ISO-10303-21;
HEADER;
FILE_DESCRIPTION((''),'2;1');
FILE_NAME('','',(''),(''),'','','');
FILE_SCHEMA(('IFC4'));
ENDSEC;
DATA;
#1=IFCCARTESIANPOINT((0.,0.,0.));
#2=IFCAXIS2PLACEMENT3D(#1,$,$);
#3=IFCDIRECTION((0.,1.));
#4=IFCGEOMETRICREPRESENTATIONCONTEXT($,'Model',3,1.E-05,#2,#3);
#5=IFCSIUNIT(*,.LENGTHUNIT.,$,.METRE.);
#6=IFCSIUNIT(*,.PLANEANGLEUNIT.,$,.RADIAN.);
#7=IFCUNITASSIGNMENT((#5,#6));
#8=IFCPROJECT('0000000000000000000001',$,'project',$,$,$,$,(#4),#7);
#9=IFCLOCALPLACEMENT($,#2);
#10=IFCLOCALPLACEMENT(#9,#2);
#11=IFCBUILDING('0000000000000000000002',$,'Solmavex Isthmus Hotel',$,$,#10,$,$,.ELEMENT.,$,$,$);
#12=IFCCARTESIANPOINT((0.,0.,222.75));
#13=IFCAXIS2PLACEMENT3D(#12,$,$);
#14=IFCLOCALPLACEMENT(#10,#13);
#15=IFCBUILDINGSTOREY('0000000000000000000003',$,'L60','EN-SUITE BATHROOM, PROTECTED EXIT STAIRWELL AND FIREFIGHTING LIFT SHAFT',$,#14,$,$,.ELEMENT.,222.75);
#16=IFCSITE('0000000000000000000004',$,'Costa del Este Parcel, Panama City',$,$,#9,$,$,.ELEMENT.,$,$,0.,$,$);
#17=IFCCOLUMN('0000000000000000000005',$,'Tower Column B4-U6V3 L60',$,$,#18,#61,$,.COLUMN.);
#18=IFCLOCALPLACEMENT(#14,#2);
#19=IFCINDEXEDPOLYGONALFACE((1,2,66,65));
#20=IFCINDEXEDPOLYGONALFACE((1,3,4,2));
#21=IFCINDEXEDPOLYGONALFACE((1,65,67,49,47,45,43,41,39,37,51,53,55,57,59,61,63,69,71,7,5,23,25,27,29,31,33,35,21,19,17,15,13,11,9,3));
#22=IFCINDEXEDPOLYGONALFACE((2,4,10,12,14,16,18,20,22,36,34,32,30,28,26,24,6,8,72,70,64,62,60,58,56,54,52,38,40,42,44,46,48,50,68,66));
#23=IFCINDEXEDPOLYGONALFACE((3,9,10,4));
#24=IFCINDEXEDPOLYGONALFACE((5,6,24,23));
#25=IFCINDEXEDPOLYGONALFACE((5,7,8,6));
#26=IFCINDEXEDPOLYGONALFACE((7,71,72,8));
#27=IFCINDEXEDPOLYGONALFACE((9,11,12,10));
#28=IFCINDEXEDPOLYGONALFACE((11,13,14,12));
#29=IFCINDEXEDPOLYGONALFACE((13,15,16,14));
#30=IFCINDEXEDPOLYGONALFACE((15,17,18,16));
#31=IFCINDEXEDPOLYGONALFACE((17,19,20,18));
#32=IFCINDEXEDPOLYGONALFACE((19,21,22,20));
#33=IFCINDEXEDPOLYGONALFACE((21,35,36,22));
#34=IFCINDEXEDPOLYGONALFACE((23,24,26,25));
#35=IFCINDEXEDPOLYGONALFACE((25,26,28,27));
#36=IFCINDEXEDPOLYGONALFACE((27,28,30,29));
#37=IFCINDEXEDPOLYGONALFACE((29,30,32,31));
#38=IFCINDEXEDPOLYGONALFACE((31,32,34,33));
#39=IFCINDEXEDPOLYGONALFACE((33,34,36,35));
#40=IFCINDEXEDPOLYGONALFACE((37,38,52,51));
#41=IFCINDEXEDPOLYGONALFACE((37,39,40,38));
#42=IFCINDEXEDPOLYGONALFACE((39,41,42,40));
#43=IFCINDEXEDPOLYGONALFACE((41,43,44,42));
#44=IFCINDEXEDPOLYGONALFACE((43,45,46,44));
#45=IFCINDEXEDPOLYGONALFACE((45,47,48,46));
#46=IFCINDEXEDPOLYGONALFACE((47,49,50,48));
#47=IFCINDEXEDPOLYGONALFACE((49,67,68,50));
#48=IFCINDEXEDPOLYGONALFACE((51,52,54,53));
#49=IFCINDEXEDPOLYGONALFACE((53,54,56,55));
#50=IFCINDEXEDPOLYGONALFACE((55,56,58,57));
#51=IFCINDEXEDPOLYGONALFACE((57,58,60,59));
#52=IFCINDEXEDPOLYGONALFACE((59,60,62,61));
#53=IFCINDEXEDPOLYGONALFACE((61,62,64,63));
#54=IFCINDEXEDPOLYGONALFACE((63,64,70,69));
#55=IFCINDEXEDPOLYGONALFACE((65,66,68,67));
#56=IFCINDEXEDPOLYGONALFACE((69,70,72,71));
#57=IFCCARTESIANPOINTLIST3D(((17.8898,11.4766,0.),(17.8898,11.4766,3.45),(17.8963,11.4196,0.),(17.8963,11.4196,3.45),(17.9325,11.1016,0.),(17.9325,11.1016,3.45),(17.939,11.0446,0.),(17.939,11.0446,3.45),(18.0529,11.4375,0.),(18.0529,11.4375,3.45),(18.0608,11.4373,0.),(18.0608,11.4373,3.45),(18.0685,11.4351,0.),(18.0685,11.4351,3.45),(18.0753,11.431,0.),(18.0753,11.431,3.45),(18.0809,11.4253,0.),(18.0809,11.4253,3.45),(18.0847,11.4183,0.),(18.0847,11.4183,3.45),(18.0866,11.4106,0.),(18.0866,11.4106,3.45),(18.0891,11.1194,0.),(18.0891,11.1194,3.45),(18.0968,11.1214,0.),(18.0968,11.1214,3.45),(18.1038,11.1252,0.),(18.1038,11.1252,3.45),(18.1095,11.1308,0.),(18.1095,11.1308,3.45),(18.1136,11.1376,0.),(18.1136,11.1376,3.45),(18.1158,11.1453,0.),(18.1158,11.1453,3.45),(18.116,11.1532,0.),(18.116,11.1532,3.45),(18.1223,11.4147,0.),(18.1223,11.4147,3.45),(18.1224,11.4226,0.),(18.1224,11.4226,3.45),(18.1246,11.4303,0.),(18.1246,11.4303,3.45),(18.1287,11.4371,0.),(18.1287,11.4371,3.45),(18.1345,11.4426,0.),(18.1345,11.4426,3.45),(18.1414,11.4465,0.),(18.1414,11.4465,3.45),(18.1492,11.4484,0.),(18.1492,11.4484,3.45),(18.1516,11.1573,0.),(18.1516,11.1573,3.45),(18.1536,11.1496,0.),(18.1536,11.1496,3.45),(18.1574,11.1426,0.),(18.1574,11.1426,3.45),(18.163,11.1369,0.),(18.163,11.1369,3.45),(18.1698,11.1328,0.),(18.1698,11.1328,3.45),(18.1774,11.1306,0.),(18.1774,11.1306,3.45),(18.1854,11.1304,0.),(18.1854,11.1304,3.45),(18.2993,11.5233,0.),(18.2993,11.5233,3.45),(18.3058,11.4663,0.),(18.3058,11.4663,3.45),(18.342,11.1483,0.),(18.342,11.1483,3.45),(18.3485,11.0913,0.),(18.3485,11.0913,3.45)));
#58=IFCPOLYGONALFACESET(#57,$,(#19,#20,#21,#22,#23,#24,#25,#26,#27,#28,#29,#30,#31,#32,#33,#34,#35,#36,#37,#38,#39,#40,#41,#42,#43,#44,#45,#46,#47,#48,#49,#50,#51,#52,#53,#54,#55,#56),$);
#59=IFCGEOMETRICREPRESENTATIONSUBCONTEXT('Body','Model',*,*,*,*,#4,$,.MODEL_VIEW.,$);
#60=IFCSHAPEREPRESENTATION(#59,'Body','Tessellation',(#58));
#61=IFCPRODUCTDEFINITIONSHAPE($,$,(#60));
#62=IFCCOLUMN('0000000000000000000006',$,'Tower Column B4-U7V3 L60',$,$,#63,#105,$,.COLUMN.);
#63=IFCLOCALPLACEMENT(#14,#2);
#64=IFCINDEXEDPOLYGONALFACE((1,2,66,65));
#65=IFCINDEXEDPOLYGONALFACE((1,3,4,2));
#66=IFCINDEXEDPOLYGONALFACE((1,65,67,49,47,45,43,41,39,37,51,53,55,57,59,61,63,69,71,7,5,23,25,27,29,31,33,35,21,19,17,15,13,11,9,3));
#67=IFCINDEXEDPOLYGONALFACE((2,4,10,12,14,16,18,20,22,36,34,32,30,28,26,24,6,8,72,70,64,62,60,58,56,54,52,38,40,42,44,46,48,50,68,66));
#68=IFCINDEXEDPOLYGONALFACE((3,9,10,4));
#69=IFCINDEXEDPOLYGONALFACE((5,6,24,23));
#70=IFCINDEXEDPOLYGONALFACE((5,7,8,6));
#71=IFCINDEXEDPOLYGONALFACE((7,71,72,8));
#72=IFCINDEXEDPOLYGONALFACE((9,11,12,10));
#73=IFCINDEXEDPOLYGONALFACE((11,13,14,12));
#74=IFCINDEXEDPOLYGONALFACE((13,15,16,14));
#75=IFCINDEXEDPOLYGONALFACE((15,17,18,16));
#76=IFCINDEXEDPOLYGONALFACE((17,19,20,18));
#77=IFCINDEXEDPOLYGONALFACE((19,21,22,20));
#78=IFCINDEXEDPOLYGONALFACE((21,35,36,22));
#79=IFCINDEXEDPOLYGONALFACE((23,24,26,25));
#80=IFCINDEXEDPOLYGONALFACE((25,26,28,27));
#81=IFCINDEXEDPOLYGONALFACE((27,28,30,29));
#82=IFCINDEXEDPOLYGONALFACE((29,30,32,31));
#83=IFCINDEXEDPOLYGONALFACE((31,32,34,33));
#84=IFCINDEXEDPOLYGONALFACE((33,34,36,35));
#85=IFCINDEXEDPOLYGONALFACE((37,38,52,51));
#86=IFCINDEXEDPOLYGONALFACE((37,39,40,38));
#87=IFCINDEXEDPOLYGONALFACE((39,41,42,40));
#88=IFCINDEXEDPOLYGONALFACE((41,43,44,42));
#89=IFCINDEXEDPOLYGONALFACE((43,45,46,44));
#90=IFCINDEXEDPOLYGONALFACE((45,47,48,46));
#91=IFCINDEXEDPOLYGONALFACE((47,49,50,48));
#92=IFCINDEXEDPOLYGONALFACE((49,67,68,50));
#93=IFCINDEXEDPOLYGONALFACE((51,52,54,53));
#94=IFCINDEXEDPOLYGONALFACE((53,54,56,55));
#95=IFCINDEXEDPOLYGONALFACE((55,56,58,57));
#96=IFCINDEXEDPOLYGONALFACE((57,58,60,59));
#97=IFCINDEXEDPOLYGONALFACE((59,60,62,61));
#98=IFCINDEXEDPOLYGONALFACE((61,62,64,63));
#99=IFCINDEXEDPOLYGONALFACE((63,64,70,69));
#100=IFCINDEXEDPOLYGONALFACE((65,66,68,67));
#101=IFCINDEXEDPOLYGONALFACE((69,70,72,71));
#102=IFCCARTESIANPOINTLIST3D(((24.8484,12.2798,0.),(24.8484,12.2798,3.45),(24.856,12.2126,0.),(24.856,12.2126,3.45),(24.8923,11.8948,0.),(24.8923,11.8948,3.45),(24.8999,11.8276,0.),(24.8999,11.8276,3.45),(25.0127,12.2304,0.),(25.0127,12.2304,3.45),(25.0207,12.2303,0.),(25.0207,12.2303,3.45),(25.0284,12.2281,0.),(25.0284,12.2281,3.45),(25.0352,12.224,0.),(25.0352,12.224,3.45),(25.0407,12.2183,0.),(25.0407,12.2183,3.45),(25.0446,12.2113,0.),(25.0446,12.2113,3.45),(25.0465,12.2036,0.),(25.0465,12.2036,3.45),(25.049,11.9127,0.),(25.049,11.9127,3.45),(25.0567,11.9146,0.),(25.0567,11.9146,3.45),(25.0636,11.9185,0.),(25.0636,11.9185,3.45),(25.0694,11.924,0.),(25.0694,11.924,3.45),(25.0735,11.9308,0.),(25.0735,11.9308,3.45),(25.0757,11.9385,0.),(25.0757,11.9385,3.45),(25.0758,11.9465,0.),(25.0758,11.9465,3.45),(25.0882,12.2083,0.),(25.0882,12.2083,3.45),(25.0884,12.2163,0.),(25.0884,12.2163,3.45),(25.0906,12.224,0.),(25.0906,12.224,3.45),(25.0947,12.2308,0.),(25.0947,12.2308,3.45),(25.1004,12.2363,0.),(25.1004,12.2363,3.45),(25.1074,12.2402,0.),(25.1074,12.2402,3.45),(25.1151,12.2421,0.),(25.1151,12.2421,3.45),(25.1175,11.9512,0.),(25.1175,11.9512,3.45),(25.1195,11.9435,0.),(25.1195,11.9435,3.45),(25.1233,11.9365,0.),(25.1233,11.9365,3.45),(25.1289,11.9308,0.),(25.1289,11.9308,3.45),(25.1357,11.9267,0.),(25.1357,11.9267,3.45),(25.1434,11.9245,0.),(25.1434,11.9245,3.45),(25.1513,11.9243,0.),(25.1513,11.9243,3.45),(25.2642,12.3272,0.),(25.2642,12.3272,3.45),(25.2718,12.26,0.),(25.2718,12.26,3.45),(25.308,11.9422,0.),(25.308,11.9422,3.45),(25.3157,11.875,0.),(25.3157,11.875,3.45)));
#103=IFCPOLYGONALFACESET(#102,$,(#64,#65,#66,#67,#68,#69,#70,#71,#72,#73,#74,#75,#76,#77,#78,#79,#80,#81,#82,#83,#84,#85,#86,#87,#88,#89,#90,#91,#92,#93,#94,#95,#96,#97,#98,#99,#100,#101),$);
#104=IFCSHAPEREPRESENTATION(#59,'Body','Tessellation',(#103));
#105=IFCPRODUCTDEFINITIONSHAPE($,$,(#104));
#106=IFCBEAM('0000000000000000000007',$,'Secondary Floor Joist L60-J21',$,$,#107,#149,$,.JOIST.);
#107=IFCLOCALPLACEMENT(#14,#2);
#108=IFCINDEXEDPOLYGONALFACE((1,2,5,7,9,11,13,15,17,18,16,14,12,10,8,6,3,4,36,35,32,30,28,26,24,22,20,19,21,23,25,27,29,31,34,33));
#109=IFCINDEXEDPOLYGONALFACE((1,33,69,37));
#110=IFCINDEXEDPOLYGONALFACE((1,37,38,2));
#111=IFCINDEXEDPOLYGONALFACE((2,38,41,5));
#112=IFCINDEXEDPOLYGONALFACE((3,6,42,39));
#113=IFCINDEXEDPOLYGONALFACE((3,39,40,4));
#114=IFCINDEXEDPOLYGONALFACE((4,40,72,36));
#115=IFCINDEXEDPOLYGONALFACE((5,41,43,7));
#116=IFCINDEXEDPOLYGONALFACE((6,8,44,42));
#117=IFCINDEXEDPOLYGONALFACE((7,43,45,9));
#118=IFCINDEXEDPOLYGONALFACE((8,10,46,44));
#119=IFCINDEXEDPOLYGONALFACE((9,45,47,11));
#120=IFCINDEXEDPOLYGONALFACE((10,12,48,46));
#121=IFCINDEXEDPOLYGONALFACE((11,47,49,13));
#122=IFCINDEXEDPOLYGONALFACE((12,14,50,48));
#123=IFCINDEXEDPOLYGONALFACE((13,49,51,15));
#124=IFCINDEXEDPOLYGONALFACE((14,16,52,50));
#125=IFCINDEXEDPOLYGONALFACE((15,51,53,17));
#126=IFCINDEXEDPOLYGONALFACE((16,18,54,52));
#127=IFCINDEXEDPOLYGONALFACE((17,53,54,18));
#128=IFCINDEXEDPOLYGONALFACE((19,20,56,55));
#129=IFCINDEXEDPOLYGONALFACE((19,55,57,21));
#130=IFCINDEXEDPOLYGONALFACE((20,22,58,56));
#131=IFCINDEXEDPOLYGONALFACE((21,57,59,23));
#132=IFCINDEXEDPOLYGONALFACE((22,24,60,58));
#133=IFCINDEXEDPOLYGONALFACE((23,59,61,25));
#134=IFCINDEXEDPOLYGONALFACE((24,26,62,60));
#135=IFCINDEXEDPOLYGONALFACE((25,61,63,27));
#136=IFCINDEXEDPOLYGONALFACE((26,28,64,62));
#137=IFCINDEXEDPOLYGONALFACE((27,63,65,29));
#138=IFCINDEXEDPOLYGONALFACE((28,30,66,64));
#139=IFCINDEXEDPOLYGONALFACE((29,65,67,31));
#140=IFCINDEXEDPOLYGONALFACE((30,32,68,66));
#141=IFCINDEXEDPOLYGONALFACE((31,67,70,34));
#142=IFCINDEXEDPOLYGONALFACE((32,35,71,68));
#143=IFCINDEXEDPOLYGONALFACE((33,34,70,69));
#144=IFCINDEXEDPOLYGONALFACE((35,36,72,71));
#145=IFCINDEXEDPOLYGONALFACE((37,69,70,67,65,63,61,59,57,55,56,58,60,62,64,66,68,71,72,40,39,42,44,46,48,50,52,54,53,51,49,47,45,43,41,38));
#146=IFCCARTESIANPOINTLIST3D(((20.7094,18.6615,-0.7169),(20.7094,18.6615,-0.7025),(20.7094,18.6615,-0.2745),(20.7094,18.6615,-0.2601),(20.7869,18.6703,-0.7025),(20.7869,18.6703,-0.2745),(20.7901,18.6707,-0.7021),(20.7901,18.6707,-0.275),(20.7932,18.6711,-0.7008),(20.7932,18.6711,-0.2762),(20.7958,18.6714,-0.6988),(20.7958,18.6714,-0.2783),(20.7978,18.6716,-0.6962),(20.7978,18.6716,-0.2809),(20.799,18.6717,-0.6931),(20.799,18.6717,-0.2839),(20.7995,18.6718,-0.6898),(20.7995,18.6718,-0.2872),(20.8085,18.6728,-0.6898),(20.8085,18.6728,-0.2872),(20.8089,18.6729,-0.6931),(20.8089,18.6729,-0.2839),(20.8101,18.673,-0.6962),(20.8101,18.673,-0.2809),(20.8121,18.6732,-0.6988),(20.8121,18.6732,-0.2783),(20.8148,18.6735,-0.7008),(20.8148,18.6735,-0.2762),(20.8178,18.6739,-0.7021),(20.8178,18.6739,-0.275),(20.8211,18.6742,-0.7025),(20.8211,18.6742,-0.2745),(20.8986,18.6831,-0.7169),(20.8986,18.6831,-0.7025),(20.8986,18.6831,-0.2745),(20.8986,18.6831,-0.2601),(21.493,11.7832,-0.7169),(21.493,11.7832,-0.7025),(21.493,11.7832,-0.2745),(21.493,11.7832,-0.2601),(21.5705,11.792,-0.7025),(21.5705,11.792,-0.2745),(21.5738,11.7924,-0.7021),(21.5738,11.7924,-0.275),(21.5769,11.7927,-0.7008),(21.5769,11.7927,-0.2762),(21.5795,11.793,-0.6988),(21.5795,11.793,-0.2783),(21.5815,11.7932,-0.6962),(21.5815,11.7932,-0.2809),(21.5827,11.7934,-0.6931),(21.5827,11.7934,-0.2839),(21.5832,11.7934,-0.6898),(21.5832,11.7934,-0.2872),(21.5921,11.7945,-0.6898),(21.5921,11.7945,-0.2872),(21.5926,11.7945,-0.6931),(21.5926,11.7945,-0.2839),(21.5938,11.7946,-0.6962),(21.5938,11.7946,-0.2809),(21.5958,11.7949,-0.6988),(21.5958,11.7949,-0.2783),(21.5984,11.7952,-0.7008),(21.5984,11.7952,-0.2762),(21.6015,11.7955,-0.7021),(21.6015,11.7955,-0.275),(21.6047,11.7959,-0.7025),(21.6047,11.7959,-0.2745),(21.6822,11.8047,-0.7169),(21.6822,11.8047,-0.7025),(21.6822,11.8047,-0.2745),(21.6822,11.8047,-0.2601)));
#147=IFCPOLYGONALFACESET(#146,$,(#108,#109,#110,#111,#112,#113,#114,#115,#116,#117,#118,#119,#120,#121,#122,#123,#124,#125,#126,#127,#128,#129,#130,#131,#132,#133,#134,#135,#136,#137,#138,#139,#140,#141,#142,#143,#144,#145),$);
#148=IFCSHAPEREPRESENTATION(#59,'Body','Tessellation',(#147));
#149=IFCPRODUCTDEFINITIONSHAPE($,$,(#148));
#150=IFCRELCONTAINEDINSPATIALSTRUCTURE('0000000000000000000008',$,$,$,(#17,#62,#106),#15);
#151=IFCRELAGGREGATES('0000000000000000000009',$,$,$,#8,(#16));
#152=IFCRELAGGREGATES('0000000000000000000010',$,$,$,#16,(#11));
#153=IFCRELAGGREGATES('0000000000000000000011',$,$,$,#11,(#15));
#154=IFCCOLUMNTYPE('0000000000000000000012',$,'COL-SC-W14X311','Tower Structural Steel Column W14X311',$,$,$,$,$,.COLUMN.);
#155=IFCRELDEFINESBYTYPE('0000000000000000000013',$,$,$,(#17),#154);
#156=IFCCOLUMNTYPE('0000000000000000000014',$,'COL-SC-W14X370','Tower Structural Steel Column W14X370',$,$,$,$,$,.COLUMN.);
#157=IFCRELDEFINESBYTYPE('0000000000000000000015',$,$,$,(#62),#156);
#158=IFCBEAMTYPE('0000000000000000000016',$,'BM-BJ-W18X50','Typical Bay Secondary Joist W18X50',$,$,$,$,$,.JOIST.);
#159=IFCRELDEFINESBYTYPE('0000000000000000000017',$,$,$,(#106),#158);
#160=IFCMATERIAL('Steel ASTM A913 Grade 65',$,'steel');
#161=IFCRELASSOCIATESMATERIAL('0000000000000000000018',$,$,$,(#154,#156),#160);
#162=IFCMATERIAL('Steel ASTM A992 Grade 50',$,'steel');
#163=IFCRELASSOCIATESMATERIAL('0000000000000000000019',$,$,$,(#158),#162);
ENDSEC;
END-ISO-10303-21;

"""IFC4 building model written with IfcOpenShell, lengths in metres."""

from ifc_helpers import new_model, si_unit, direction, frame, origin, origin_2d, place, context, subcontext, project, spatial, i_section, extrude, material, material_profile, profile_set, type_object, element, save


model = new_model("IFC4")

# Units and contexts
model_context = context("Model", 3, precision=1e-05, world=origin(), true_north=direction((0.0, 1.0)))
body_context = subcontext(model_context, "Body", "Model", "MODEL_VIEW")
ifc_project = project(units=[si_unit("LENGTHUNIT", "METRE"), si_unit("PLANEANGLEUNIT", "RADIAN")], contexts=[model_context])

# Site, building, storey
site_placement = place(None, origin())
site = spatial("IfcSite", under=ifc_project, at=site_placement, Name="Costa del Este Parcel, Panama City", CompositionType="ELEMENT", RefElevation=0.0)
building_placement = place(site_placement, origin())
building = spatial("IfcBuilding", under=site, at=building_placement, Name="Solmavex Isthmus Hotel", CompositionType="ELEMENT")
storey_placement = place(building_placement, frame((0.0, 0.0, 222.75)))
storey = spatial("IfcBuildingStorey", under=building, at=storey_placement, Name="L60", Description="EN-SUITE BATHROOM, PROTECTED EXIT STAIRWELL AND FIREFIGHTING LIFT SHAFT", CompositionType="ELEMENT", Elevation=222.75)

# Columns
ifc_material_1 = material(Name="Steel ASTM A913 Grade 65", Category="steel")
ifc_material_profile_1 = material_profile(ifc_material_1, i_section(OverallWidth=0.4121, OverallDepth=0.4348, WebThickness=0.0359, FlangeThickness=0.0574, FilletRadius=0.0305, at=origin_2d()), Name="W14X311")
ifc_profile_set_1 = profile_set([ifc_material_profile_1], Name="Steel ASTM A913 Grade 65")
column_type_1 = type_object("IfcColumnType", Name="COL-SC-W14X311", Description="Tower Structural Steel Column W14X311", PredefinedType="COLUMN", material=ifc_profile_set_1)
column_1_placement = place(storey_placement, frame((18.1191, 11.2839, 0.0), z_axis=(0.0, 0.0, 1.0), x_axis=(0.993572, 0.113203, 0.0)))
element("IfcColumn", 1, at=column_1_placement, inside=storey, type_object=column_type_1, Name="Tower Column B4-U6V3 L60", PredefinedType="COLUMN", context=body_context, shape_type="SweptSolid", body=[
    extrude(i_section(OverallWidth=0.4121, OverallDepth=0.4348, WebThickness=0.0359, FlangeThickness=0.0574, FilletRadius=0.0305, at=origin_2d()), origin(), (0.0, 0.0, 1.0), 3.45),
])
ifc_material_profile_2 = material_profile(ifc_material_1, i_section(OverallWidth=0.4185, OverallDepth=0.4551, WebThickness=0.042, FlangeThickness=0.0676, FilletRadius=0.0305, at=origin_2d()), Name="W14X370")
ifc_profile_set_2 = profile_set([ifc_material_profile_2], Name="Steel ASTM A913 Grade 65")
column_type_2 = type_object("IfcColumnType", Name="COL-SC-W14X370", Description="Tower Structural Steel Column W14X370", PredefinedType="COLUMN", material=ifc_profile_set_2)
column_2_placement = place(storey_placement, frame((25.082, 12.0774, 0.0), z_axis=(0.0, 0.0, 1.0), x_axis=(0.993572, 0.113203, 0.0)))
element("IfcColumn", 2, at=column_2_placement, inside=storey, type_object=column_type_2, Name="Tower Column B4-U7V3 L60", PredefinedType="COLUMN", context=body_context, shape_type="SweptSolid", body=[
    extrude(i_section(OverallWidth=0.4185, OverallDepth=0.4551, WebThickness=0.042, FlangeThickness=0.0676, FilletRadius=0.0305, at=origin_2d()), origin(), (0.0, 0.0, 1.0), 3.45),
])

# Beam
ifc_material_2 = material(Name="Steel ASTM A992 Grade 50", Category="steel")
ifc_material_profile_3 = material_profile(ifc_material_2, i_section(OverallWidth=0.1904, OverallDepth=0.4568, WebThickness=0.009, FlangeThickness=0.0144, FilletRadius=0.0127, at=origin_2d()), Name="W18X50")
ifc_profile_set_3 = profile_set([ifc_material_profile_3], Name="Steel ASTM A992 Grade 50")
beam_type_1 = type_object("IfcBeamType", Name="BM-BJ-W18X50", Description="Typical Bay Secondary Joist W18X50", PredefinedType="JOIST", material=ifc_profile_set_3)
beam_1_placement = place(storey_placement, frame((21.5876, 11.7939, -0.4885), z_axis=(-0.113202, 0.993572, 0.0), x_axis=(-0.993572, -0.113202, 0.0)))
element("IfcBeam", 3, at=beam_1_placement, inside=storey, type_object=beam_type_1, Name="Secondary Floor Joist L60-J21", PredefinedType="JOIST", context=body_context, shape_type="SweptSolid", body=[
    extrude(i_section(OverallWidth=0.1904, OverallDepth=0.4568, WebThickness=0.009, FlangeThickness=0.0144, FilletRadius=0.0127, at=origin_2d()), origin(), (0.0, 0.0, 1.0), 6.9229),
])

save(model, "model.ifc")
